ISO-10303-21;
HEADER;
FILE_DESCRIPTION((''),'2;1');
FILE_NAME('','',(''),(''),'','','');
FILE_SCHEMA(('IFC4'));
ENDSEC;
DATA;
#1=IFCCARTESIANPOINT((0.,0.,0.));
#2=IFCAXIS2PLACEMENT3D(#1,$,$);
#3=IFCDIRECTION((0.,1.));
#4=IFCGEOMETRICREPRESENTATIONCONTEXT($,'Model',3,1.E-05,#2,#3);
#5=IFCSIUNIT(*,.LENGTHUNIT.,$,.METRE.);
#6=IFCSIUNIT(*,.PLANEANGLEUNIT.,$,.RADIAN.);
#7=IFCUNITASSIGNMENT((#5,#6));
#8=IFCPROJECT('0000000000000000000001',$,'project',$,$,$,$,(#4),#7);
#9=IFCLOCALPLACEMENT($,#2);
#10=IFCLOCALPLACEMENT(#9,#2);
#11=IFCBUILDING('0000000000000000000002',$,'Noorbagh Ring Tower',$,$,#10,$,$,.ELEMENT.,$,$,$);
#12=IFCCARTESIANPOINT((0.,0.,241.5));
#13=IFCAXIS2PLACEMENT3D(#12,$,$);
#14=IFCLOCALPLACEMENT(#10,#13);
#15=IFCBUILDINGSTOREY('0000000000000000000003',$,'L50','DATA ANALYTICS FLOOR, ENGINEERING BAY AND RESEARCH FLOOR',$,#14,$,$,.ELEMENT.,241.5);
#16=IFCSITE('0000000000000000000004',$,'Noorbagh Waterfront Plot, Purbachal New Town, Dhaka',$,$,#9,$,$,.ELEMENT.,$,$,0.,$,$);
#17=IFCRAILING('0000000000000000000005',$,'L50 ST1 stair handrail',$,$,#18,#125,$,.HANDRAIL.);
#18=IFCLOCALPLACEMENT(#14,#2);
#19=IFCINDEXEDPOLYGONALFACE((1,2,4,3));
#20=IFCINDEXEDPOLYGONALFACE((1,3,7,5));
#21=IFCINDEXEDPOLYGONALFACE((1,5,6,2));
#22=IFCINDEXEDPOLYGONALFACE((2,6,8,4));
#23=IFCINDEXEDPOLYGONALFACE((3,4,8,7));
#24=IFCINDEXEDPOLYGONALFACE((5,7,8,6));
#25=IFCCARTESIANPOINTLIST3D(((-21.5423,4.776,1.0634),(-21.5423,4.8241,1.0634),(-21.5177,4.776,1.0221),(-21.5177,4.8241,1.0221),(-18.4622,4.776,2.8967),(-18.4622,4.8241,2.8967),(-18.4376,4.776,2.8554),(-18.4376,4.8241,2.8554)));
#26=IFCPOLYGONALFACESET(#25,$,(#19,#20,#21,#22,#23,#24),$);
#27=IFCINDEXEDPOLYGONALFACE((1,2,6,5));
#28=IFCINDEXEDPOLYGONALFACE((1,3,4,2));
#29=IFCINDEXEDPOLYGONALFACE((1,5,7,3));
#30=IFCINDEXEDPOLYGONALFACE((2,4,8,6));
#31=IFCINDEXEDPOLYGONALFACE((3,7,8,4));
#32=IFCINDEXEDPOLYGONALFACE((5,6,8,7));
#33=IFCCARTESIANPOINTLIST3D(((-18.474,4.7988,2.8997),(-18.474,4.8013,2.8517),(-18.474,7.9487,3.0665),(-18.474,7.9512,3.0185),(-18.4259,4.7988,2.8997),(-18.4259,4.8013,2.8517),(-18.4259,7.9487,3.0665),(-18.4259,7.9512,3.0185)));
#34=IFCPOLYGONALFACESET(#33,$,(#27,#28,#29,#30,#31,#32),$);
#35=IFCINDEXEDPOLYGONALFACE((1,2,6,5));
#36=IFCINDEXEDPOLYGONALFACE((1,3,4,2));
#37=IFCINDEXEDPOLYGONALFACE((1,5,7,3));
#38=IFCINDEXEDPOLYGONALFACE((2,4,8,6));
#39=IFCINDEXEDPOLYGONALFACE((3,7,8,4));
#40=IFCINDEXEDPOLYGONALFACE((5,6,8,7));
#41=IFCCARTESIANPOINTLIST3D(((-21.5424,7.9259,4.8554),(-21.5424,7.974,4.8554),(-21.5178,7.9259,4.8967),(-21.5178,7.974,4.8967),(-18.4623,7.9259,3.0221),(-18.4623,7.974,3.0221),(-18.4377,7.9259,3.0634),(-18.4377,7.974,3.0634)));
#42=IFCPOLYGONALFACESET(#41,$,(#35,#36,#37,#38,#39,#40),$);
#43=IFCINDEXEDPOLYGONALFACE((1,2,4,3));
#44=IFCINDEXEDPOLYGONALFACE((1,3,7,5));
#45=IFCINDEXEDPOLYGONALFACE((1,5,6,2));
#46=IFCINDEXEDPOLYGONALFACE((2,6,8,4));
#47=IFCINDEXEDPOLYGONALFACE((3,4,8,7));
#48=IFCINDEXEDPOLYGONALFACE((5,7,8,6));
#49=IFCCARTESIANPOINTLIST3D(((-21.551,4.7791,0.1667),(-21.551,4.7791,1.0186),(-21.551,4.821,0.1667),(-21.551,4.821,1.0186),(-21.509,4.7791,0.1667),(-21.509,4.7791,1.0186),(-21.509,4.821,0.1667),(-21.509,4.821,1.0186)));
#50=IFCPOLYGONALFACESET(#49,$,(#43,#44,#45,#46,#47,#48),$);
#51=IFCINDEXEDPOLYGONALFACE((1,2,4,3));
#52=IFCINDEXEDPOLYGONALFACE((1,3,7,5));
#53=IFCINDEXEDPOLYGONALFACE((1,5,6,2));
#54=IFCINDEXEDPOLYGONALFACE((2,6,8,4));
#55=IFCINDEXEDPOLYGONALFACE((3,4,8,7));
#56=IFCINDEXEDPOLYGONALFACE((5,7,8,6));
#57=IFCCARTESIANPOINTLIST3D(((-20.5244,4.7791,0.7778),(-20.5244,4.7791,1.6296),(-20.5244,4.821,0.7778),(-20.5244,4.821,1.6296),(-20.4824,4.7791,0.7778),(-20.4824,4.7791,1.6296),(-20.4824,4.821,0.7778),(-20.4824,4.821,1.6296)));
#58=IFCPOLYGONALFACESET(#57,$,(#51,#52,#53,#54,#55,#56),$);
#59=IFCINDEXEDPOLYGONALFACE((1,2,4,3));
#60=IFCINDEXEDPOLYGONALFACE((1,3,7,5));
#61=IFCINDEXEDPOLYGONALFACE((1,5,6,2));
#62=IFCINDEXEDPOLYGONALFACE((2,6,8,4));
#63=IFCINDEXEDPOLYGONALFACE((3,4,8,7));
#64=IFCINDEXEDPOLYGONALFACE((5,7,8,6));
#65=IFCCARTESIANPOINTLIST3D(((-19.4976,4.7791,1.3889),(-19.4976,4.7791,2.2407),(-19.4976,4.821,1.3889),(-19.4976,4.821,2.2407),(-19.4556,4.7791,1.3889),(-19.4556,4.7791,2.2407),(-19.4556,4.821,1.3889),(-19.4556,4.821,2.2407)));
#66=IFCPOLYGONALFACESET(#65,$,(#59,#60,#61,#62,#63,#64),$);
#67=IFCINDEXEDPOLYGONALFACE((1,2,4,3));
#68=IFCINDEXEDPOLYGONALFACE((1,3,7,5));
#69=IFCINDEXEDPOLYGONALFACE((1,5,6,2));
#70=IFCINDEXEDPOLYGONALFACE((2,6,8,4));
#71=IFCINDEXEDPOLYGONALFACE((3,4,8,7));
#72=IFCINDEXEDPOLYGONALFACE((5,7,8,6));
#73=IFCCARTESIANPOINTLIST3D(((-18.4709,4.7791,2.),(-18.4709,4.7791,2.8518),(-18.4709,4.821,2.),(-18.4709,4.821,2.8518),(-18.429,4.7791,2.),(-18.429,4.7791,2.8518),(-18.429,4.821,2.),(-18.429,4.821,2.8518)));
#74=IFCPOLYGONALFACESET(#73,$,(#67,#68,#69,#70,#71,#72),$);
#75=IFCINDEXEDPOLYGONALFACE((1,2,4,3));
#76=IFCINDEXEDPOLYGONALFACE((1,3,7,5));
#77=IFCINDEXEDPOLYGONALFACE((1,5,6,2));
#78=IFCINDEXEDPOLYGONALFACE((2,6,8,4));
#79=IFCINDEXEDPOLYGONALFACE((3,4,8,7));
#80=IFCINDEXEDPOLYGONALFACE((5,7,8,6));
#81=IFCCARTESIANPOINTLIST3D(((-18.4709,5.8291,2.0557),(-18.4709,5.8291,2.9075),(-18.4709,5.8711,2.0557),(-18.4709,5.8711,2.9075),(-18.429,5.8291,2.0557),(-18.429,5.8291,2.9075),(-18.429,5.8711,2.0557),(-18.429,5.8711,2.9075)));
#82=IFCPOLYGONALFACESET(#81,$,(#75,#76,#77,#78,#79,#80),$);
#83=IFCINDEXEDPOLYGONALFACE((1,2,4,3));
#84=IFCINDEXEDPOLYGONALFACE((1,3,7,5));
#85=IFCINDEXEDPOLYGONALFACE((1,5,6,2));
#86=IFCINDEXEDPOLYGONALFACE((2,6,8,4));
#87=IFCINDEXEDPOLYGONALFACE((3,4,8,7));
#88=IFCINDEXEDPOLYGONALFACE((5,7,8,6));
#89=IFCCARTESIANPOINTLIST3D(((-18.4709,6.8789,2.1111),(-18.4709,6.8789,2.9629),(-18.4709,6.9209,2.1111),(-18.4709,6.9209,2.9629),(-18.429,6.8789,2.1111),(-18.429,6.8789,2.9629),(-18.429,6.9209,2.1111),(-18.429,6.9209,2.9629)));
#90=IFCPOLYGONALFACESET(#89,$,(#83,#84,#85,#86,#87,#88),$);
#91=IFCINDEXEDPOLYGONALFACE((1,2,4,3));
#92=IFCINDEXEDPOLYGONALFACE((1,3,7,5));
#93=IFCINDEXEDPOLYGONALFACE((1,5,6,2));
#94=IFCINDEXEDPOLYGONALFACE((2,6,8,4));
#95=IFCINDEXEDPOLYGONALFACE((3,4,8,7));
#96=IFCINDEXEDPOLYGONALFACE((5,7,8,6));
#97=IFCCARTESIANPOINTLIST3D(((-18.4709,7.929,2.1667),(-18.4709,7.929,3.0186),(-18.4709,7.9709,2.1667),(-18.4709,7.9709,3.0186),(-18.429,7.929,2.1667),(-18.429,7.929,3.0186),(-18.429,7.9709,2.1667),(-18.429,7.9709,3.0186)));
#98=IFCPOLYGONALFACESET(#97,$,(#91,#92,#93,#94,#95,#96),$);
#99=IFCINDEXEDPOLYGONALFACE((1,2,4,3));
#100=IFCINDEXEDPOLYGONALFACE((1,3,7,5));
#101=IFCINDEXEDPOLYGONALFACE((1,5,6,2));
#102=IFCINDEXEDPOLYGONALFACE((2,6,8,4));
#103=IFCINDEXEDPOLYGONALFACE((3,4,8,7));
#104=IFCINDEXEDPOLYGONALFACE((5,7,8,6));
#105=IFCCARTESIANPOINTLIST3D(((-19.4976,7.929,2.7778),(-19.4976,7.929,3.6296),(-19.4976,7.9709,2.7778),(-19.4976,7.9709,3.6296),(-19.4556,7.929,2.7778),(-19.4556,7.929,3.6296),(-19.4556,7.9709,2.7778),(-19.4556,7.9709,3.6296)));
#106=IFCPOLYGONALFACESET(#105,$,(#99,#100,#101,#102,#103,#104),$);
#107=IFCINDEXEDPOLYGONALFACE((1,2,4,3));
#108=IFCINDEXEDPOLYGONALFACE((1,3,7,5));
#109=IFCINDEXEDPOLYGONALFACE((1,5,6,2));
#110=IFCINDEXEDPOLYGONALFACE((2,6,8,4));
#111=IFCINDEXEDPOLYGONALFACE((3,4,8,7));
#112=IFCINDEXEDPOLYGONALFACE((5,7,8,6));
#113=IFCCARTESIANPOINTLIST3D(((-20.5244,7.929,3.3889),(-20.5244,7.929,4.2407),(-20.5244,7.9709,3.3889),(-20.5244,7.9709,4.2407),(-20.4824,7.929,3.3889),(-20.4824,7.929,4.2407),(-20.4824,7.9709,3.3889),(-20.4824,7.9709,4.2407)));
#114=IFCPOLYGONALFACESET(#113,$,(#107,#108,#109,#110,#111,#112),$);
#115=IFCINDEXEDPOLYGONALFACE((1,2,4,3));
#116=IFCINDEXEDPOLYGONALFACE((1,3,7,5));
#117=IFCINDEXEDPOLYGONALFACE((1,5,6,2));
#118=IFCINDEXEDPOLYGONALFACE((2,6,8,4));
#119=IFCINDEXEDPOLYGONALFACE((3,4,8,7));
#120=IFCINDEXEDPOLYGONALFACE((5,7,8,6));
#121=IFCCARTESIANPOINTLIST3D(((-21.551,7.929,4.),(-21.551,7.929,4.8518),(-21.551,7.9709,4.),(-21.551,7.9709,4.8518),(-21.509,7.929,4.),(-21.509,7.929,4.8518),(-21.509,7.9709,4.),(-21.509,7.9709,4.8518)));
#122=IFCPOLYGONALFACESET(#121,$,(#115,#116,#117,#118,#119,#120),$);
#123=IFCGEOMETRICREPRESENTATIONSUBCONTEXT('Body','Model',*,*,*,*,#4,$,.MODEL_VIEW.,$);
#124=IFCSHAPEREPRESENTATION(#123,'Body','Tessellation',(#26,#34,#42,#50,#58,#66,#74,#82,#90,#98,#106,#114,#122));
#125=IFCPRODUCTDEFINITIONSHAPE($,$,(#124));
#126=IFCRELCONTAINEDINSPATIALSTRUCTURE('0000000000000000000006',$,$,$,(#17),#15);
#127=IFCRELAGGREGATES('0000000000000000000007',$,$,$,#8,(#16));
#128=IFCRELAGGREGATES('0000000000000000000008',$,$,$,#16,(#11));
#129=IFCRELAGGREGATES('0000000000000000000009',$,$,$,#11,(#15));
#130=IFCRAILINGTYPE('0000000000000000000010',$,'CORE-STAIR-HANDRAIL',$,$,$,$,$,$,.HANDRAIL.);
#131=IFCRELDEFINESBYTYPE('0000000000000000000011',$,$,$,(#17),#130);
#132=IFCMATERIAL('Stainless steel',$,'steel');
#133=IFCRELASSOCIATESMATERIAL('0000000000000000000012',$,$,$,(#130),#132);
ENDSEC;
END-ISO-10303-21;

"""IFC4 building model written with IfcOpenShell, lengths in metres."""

from ifc_helpers import new_model, si_unit, direction, frame, origin, origin_2d, place, context, subcontext, project, spatial, rectangle, extrude, material, type_object, element, save


model = new_model("IFC4")

# Units and contexts
model_context = context("Model", 3, precision=1e-05, world=origin(), true_north=direction((0.0, 1.0)))
body_context = subcontext(model_context, "Body", "Model", "MODEL_VIEW")
ifc_project = project(units=[si_unit("LENGTHUNIT", "METRE"), si_unit("PLANEANGLEUNIT", "RADIAN")], contexts=[model_context])

# Site, building, storey
site_placement = place(None, origin())
site = spatial("IfcSite", under=ifc_project, at=site_placement, Name="Noorbagh Waterfront Plot, Purbachal New Town, Dhaka", CompositionType="ELEMENT", RefElevation=0.0)
building_placement = place(site_placement, origin())
building = spatial("IfcBuilding", under=site, at=building_placement, Name="Noorbagh Ring Tower", CompositionType="ELEMENT")
storey_placement = place(building_placement, frame((0.0, 0.0, 241.5)))
storey = spatial("IfcBuildingStorey", under=building, at=storey_placement, Name="L50", Description="DATA ANALYTICS FLOOR, ENGINEERING BAY AND RESEARCH FLOOR", CompositionType="ELEMENT", Elevation=241.5)

# Railing
ifc_material_1 = material(Name="Stainless steel", Category="steel")
railing_type_1 = type_object("IfcRailingType", Name="CORE-STAIR-HANDRAIL", PredefinedType="HANDRAIL", material=ifc_material_1)
railing_1_placement = place(storey_placement, frame((-21.53, 4.8, 0.1667)))
element("IfcRailing", 1, at=railing_1_placement, inside=storey, type_object=railing_type_1, Name="L50 ST1 stair handrail", PredefinedType="HANDRAIL", context=body_context, shape_type="SweptSolid", body=[
    extrude(rectangle(XDim=0.0481, YDim=0.0481, at=origin_2d()), frame((0.0, 0.0, 0.876), z_axis=(0.859309, 0.0, 0.511458), x_axis=(0.0, 1.0, 0.0)), (0.0, 0.0, 1.0), 3.5845),
    extrude(rectangle(XDim=0.0481, YDim=0.0481, at=origin_2d()), frame((3.0801, 0.0, 2.709), z_axis=(0.0, 0.998602, 0.052864), x_axis=(-1.0, 0.0, 0.0)), (0.0, 0.0, 1.0), 3.1543),
    extrude(rectangle(XDim=0.0481, YDim=0.0481, at=origin_2d()), frame((3.0801, 3.1499, 2.876), z_axis=(-0.859309, 0.0, 0.511458), x_axis=(0.0, -1.0, 0.0)), (0.0, 0.0, 1.0), 3.5845),
    extrude(rectangle(XDim=0.042, YDim=0.042, at=origin_2d()), origin(), (0.0, 0.0, 1.0), 0.8518),
    extrude(rectangle(XDim=0.042, YDim=0.042, at=origin_2d()), frame((1.0266, 0.0, 0.6111)), (0.0, 0.0, 1.0), 0.8518),
    extrude(rectangle(XDim=0.042, YDim=0.042, at=origin_2d()), frame((2.0535, 0.0, 1.2222)), (0.0, 0.0, 1.0), 0.8518),
    extrude(rectangle(XDim=0.042, YDim=0.042, at=origin_2d()), frame((3.0801, 0.0, 1.8333)), (0.0, 0.0, 1.0), 0.8518),
    extrude(rectangle(XDim=0.042, YDim=0.042, at=origin_2d()), frame((3.0801, 1.05, 1.8889)), (0.0, 0.0, 1.0), 0.8518),
    extrude(rectangle(XDim=0.042, YDim=0.042, at=origin_2d()), frame((3.0801, 2.0999, 1.9443)), (0.0, 0.0, 1.0), 0.8518),
    extrude(rectangle(XDim=0.042, YDim=0.042, at=origin_2d()), frame((3.0801, 3.1499, 2.0)), (0.0, 0.0, 1.0), 0.8518),
    extrude(rectangle(XDim=0.042, YDim=0.042, at=origin_2d()), frame((2.0535, 3.1499, 2.6111)), (0.0, 0.0, 1.0), 0.8518),
    extrude(rectangle(XDim=0.042, YDim=0.042, at=origin_2d()), frame((1.0266, 3.1499, 3.2222)), (0.0, 0.0, 1.0), 0.8518),
    extrude(rectangle(XDim=0.042, YDim=0.042, at=origin_2d()), frame((0.0, 3.1499, 3.8333)), (0.0, 0.0, 1.0), 0.8518),
])

save(model, "model.ifc")
